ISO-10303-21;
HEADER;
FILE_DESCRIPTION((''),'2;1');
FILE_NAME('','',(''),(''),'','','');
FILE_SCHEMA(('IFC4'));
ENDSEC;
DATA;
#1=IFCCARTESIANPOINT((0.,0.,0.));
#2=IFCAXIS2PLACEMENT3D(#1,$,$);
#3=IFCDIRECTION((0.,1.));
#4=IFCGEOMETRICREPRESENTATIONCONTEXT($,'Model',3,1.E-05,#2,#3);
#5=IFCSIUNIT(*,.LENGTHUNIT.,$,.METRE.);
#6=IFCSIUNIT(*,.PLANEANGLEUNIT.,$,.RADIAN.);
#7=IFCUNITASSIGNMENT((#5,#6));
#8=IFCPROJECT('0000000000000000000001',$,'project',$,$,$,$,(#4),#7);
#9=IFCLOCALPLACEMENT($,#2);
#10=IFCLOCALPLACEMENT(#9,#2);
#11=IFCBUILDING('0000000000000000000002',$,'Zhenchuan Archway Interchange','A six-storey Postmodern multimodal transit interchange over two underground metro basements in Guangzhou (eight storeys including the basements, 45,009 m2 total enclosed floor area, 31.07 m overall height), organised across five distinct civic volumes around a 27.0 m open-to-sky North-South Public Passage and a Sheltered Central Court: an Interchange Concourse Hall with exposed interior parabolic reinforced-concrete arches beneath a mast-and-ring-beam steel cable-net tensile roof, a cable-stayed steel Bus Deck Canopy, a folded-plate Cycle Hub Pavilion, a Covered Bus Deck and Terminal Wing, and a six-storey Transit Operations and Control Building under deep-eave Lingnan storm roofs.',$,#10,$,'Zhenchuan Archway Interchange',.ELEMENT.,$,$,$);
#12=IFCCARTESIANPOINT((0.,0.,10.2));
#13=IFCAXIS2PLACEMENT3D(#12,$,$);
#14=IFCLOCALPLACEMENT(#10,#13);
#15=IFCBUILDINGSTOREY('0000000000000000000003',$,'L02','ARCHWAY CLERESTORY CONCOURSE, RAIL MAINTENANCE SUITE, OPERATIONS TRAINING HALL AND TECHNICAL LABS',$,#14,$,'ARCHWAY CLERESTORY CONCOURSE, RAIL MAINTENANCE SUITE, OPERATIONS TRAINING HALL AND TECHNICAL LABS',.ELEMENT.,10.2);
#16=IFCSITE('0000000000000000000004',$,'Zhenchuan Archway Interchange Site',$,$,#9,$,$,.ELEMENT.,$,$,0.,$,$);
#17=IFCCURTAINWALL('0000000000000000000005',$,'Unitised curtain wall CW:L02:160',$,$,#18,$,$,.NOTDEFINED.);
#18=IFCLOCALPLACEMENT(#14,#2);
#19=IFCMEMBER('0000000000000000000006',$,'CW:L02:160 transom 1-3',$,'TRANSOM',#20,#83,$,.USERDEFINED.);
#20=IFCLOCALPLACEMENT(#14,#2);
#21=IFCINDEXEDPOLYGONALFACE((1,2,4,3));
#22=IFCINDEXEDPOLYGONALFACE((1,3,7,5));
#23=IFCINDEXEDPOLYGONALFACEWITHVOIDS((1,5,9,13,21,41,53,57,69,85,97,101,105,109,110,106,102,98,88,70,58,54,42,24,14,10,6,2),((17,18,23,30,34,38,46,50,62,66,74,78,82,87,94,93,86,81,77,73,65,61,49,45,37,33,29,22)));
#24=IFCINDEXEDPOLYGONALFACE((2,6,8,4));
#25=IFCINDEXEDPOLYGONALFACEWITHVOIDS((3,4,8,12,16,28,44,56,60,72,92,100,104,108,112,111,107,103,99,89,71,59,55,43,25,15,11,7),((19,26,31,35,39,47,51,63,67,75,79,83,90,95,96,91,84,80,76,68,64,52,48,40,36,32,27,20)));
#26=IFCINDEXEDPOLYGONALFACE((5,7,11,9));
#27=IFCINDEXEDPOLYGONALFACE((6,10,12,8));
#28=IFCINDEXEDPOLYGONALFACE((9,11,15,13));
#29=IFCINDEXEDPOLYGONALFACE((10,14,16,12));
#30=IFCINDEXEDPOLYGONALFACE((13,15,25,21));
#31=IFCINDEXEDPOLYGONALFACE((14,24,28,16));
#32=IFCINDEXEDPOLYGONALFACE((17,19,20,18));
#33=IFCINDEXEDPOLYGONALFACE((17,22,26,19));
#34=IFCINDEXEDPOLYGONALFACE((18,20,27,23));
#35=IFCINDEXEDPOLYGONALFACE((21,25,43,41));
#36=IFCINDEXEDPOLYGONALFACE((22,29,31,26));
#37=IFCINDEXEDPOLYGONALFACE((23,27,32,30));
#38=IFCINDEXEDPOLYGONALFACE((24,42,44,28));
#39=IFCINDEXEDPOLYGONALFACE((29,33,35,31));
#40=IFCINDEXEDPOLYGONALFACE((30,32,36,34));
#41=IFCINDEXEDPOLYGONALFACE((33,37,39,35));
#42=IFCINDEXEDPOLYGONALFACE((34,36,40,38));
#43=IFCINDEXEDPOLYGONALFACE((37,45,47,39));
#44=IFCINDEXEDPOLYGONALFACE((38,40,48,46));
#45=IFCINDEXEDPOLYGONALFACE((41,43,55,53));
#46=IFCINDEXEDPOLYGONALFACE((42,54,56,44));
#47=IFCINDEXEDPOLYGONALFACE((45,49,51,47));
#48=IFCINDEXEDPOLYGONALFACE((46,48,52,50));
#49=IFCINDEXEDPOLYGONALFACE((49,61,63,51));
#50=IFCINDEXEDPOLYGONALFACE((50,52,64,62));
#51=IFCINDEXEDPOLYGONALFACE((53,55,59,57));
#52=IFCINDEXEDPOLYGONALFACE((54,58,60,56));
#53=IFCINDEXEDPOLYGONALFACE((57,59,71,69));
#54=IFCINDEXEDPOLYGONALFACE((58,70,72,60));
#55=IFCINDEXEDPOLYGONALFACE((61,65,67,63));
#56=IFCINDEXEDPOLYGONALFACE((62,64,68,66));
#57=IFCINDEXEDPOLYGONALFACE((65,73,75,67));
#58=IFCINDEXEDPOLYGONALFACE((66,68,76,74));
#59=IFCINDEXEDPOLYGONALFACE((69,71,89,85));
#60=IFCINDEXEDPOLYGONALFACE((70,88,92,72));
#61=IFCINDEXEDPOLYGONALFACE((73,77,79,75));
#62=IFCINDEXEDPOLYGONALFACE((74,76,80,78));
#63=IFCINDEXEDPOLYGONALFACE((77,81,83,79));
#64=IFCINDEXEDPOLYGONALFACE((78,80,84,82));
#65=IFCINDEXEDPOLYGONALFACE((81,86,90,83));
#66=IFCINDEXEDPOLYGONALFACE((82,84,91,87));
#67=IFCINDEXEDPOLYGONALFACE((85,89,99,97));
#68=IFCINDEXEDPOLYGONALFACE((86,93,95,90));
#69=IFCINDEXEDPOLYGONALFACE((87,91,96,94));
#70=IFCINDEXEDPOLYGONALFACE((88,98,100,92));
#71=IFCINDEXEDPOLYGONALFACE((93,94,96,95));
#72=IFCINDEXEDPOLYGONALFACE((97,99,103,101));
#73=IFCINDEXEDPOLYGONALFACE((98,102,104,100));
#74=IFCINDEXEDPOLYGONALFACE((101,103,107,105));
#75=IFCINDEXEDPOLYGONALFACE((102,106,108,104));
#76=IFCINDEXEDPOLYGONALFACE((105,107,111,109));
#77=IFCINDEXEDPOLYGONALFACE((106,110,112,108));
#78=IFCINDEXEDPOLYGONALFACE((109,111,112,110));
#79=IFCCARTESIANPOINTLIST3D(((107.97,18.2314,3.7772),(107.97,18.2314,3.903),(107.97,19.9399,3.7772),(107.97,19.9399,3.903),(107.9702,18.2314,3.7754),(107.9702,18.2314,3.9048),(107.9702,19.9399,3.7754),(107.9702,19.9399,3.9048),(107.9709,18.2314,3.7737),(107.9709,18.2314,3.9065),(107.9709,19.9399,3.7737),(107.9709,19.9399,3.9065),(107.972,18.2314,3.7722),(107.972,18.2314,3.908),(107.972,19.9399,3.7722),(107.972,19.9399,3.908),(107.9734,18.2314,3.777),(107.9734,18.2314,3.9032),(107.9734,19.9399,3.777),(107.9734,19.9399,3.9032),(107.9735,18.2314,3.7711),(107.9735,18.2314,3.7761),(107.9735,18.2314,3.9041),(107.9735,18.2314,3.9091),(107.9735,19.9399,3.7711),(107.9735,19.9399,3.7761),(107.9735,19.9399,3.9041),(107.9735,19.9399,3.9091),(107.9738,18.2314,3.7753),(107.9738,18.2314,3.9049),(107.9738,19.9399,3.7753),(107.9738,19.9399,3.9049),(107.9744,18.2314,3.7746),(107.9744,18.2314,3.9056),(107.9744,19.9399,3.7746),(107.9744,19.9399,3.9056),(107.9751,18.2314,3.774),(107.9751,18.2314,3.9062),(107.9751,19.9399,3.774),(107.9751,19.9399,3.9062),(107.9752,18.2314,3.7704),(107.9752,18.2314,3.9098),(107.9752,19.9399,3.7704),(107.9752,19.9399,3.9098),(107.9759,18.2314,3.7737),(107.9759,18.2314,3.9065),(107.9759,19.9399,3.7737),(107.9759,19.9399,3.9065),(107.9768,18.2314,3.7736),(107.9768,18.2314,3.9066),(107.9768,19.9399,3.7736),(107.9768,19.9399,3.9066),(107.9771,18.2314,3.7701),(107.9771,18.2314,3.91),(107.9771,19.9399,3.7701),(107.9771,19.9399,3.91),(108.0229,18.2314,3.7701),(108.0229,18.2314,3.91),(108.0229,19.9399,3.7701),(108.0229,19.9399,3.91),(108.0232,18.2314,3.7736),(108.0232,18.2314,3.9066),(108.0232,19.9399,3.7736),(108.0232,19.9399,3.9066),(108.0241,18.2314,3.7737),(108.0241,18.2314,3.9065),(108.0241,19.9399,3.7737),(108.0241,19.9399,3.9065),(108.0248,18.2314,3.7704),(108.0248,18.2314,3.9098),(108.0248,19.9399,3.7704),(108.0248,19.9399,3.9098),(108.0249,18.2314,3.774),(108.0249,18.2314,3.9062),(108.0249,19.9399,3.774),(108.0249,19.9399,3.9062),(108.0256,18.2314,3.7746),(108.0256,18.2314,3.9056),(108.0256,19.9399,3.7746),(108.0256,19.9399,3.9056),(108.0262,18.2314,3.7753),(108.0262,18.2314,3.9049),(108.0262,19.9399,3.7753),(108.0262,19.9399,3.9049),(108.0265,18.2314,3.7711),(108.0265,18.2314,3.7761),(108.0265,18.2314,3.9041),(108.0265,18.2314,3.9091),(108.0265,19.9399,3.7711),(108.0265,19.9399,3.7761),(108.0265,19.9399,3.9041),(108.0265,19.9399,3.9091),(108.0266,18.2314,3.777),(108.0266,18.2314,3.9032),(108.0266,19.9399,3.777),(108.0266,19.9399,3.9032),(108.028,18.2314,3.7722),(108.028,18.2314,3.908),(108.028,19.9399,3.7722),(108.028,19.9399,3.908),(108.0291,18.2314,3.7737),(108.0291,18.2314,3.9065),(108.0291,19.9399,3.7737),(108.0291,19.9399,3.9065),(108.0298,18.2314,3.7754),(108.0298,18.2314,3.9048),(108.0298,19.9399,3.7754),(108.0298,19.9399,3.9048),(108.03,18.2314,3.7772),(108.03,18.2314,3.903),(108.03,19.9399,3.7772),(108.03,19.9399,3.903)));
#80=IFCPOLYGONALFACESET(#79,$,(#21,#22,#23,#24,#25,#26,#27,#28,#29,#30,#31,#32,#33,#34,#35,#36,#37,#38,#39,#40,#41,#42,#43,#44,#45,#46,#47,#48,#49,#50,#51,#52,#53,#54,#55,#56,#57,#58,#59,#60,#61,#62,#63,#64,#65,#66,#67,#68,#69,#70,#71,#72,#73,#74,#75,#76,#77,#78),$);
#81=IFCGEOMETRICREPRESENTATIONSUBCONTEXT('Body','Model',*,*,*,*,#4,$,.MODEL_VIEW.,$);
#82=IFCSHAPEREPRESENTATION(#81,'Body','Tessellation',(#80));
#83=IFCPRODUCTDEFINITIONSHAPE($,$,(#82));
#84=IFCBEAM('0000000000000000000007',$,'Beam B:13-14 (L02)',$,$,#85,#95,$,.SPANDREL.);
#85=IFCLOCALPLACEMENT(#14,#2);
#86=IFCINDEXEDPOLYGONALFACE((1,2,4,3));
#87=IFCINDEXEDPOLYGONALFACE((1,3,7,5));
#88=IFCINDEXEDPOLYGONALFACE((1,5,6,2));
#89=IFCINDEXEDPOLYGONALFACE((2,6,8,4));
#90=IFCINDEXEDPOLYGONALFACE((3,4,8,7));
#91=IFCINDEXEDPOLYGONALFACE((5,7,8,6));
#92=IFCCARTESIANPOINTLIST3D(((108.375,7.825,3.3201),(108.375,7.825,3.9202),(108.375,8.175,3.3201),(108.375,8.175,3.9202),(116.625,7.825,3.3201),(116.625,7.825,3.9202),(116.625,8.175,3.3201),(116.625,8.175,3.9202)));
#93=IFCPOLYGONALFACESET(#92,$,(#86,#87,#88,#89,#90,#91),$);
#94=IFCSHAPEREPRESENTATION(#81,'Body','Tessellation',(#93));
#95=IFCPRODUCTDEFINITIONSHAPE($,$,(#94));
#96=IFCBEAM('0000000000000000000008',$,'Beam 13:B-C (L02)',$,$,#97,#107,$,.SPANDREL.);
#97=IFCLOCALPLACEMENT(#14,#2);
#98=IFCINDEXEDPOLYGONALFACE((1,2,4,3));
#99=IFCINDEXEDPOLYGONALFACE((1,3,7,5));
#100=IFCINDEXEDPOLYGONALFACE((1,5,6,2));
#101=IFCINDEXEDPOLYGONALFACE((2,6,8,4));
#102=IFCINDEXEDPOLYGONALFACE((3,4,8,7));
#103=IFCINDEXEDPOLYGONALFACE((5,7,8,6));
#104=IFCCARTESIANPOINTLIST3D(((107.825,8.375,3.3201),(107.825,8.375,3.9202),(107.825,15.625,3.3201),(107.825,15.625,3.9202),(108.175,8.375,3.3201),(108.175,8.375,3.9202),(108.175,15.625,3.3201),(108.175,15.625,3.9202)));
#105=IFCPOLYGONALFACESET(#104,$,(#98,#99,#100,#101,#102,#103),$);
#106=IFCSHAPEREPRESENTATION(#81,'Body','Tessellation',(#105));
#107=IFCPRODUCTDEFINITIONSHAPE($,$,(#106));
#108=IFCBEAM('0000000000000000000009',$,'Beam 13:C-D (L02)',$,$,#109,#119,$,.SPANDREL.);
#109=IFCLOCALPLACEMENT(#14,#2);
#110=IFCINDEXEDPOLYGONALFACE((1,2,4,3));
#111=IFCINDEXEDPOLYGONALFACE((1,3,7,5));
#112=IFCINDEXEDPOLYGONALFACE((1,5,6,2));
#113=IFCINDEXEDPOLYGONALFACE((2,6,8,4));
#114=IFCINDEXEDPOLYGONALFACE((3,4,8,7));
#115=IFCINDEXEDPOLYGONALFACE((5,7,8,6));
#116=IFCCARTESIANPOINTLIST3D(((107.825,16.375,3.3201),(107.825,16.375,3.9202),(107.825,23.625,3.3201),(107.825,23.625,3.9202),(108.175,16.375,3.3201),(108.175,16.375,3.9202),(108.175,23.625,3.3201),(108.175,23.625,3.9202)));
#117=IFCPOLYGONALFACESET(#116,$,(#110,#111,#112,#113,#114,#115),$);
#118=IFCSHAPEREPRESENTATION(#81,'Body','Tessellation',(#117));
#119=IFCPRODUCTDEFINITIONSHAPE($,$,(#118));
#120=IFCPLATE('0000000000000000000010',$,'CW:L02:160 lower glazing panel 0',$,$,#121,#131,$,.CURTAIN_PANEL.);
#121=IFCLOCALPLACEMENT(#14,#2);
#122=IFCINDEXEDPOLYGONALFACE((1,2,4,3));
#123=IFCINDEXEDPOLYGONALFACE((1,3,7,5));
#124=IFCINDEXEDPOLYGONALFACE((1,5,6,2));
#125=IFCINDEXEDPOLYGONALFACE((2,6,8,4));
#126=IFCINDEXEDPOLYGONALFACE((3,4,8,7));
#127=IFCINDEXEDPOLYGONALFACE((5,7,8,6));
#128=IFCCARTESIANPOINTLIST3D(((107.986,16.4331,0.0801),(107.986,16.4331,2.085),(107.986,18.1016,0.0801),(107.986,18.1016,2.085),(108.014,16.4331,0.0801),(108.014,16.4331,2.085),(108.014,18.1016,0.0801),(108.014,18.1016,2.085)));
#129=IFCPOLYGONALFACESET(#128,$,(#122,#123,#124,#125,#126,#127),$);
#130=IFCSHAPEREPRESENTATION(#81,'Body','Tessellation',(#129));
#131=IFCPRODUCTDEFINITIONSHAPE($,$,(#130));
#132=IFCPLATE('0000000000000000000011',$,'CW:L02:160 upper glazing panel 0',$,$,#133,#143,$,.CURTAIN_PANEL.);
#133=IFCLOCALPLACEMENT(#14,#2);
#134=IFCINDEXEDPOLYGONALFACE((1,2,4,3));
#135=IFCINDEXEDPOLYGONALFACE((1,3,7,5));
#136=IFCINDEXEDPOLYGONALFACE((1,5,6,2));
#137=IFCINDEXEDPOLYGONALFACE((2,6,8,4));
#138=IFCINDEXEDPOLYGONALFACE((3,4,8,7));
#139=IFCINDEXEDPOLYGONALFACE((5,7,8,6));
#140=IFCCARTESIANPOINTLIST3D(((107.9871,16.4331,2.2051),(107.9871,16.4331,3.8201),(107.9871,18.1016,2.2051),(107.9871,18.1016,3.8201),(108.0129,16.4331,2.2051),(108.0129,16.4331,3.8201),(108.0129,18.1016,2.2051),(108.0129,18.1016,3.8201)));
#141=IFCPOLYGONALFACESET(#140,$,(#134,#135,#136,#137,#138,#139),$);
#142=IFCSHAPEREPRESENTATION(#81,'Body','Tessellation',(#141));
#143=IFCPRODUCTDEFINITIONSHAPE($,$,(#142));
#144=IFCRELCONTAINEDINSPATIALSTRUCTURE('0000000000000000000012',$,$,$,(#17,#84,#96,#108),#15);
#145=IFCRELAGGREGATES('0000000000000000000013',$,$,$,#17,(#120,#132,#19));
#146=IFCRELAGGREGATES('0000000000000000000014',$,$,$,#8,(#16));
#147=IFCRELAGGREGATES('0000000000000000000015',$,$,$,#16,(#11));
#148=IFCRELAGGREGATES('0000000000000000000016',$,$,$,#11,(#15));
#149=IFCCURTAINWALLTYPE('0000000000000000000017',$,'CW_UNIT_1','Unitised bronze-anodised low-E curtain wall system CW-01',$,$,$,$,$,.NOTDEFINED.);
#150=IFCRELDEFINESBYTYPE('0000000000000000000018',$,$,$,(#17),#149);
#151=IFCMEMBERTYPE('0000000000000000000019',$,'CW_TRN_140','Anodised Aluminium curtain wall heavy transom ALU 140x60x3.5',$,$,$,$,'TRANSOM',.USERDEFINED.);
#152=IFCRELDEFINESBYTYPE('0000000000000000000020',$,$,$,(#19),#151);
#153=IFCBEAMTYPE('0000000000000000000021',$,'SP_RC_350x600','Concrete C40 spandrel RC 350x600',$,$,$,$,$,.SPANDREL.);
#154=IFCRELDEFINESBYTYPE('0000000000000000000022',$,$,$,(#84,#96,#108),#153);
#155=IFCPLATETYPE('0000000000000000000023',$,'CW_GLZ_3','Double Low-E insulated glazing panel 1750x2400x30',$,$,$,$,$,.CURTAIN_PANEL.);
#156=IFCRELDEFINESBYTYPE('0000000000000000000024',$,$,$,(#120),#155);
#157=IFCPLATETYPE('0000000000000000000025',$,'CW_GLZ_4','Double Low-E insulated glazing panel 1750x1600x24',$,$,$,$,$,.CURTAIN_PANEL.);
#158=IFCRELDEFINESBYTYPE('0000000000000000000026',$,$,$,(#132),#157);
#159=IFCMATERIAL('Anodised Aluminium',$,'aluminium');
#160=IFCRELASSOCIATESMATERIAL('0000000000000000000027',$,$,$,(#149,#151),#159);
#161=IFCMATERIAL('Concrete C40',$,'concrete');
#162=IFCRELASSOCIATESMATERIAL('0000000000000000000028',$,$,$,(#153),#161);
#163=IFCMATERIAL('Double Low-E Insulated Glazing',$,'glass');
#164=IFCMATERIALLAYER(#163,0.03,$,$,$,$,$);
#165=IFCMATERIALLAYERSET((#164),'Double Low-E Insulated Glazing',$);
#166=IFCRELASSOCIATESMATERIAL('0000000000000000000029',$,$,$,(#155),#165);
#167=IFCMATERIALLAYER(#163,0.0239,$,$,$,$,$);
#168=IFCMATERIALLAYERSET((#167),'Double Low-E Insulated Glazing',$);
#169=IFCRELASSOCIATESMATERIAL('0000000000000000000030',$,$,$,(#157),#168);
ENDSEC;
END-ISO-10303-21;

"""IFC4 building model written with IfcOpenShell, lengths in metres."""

from ifc_helpers import new_model, si_unit, direction, frame, origin, origin_2d, place, context, subcontext, project, spatial, rectangle, hollow_rectangle, extrude, material, layer, layer_set, material_profile, profile_set, type_object, element, aggregate, save


model = new_model("IFC4")

# Units and contexts
model_context = context("Model", 3, precision=1e-05, world=origin(), true_north=direction((0.0, 1.0)))
body_context = subcontext(model_context, "Body", "Model", "MODEL_VIEW")
ifc_project = project(units=[si_unit("LENGTHUNIT", "METRE"), si_unit("PLANEANGLEUNIT", "RADIAN")], contexts=[model_context])

# Site, building, storey
site_placement = place(None, origin())
site = spatial("IfcSite", under=ifc_project, at=site_placement, Name="Zhenchuan Archway Interchange Site", CompositionType="ELEMENT", RefElevation=0.0)
building_placement = place(site_placement, origin())
building = spatial("IfcBuilding", under=site, at=building_placement, Name="Zhenchuan Archway Interchange", Description="A six-storey Postmodern multimodal transit interchange over two underground metro basements in Guangzhou (eight storeys including the basements, 45,009 m2 total enclosed floor area, 31.07 m overall height), organised across five distinct civic volumes around a 27.0 m open-to-sky North-South Public Passage and a Sheltered Central Court: an Interchange Concourse Hall with exposed interior parabolic reinforced-concrete arches beneath a mast-and-ring-beam steel cable-net tensile roof, a cable-stayed steel Bus Deck Canopy, a folded-plate Cycle Hub Pavilion, a Covered Bus Deck and Terminal Wing, and a six-storey Transit Operations and Control Building under deep-eave Lingnan storm roofs.", LongName="Zhenchuan Archway Interchange", CompositionType="ELEMENT")
storey_placement = place(building_placement, frame((0.0, 0.0, 10.2)))
storey = spatial("IfcBuildingStorey", under=building, at=storey_placement, Name="L02", Description="ARCHWAY CLERESTORY CONCOURSE, RAIL MAINTENANCE SUITE, OPERATIONS TRAINING HALL AND TECHNICAL LABS", LongName="ARCHWAY CLERESTORY CONCOURSE, RAIL MAINTENANCE SUITE, OPERATIONS TRAINING HALL AND TECHNICAL LABS", CompositionType="ELEMENT", Elevation=10.2)

# Shared definitions
ifc_material_1 = material(Name="Concrete C40", Category="concrete")

# Shared definitions
ifc_material_2 = material(Name="Anodised Aluminium", Category="aluminium")

# Curtain wall, member
curtain_wall_type_1 = type_object("IfcCurtainWallType", Name="CW_UNIT_1", Description="Unitised bronze-anodised low-E curtain wall system CW-01", PredefinedType="NOTDEFINED", material=ifc_material_2)
curtain_wall_1_placement = place(storey_placement, origin())
curtain_wall_1 = element("IfcCurtainWall", 1, at=curtain_wall_1_placement, inside=storey, type_object=curtain_wall_type_1, Name="Unitised curtain wall CW:L02:160", PredefinedType="NOTDEFINED")
ifc_material_profile_1 = material_profile(ifc_material_2, hollow_rectangle(XDim=0.0601, YDim=0.1399, WallThickness=0.0034, InnerFilletRadius=0.0034, OuterFilletRadius=0.0071, at=origin_2d()), Name="ALU 140x60x3.5")
ifc_profile_set_1 = profile_set([ifc_material_profile_1], Name="Anodised Aluminium")
member_type_1 = type_object("IfcMemberType", Name="CW_TRN_140", Description="Anodised Aluminium curtain wall heavy transom ALU 140x60x3.5", ElementType="TRANSOM", PredefinedType="USERDEFINED", material=ifc_profile_set_1)
member_1_placement = place(storey_placement, frame((108.0, 18.2314, 3.8401), z_axis=(0.0, 1.0, 0.0), x_axis=(-1.0, 0.0, 0.0)))
member_1 = element("IfcMember", 2, at=member_1_placement, type_object=member_type_1, Name="CW:L02:160 transom 1-3", ObjectType="TRANSOM", PredefinedType="USERDEFINED", context=body_context, shape_type="SweptSolid", body=[
    extrude(hollow_rectangle(XDim=0.0601, YDim=0.1399, WallThickness=0.0034, InnerFilletRadius=0.0034, OuterFilletRadius=0.0071, at=origin_2d()), origin(), (0.0, 0.0, 1.0), 1.7085),
])

# Beams
ifc_material_profile_2 = material_profile(ifc_material_1, rectangle(XDim=0.3501, YDim=0.6001, at=origin_2d()), Name="RC 350x600")
ifc_profile_set_2 = profile_set([ifc_material_profile_2], Name="Concrete C40")
beam_type_1 = type_object("IfcBeamType", Name="SP_RC_350x600", Description="Concrete C40 spandrel RC 350x600", PredefinedType="SPANDREL", material=ifc_profile_set_2)
beam_1_placement = place(storey_placement, frame((108.375, 8.0, 3.6201), z_axis=(1.0, 0.0, 0.0), x_axis=(0.0, 1.0, 0.0)))
element("IfcBeam", 3, at=beam_1_placement, inside=storey, type_object=beam_type_1, Name="Beam B:13-14 (L02)", PredefinedType="SPANDREL", context=body_context, shape_type="SweptSolid", body=[
    extrude(rectangle(XDim=0.3501, YDim=0.6001, at=origin_2d()), origin(), (0.0, 0.0, 1.0), 8.25),
])
for number, where, z_axis, x_axis, name in (
    (4, (108.0, 8.375, 3.6201), (0.0, 1.0, 0.0), (-1.0, 0.0, 0.0), "Beam 13:B-C (L02)"),
    (5, (108.0, 16.375, 3.6201), (0.0, 1.0, 0.0), (-1.0, 0.0, 0.0), "Beam 13:C-D (L02)"),
):
    element("IfcBeam", number, at=place(storey_placement, frame(where, z_axis=z_axis, x_axis=x_axis)), inside=storey, type_object=beam_type_1, Name=name, PredefinedType="SPANDREL", context=body_context, shape_type="SweptSolid", body=[
        extrude(rectangle(XDim=0.3501, YDim=0.6001, at=origin_2d()), origin(), (0.0, 0.0, 1.0), 7.25),
    ])

# Plates
ifc_material_3 = material(Name="Double Low-E Insulated Glazing", Category="glass")
ifc_layer_1 = layer(ifc_material_3, 0.03)
ifc_layer_set_1 = layer_set([ifc_layer_1], Name="Double Low-E Insulated Glazing")
plate_type_1 = type_object("IfcPlateType", Name="CW_GLZ_3", Description="Double Low-E insulated glazing panel 1750x2400x30", PredefinedType="CURTAIN_PANEL", material=ifc_layer_set_1)
plate_1_placement = place(storey_placement, frame((108.0, 17.2673, 0.0801), z_axis=(0.0, 0.0, 1.0), x_axis=(0.0, 1.0, 0.0)))
plate_1 = element("IfcPlate", 6, at=plate_1_placement, type_object=plate_type_1, Name="CW:L02:160 lower glazing panel 0", PredefinedType="CURTAIN_PANEL", context=body_context, shape_type="SweptSolid", body=[
    extrude(rectangle(XDim=1.6685, YDim=0.0281, at=origin_2d()), origin(), (0.0, 0.0, 1.0), 2.0049),
])
ifc_layer_2 = layer(ifc_material_3, 0.0239)
ifc_layer_set_2 = layer_set([ifc_layer_2], Name="Double Low-E Insulated Glazing")
plate_type_2 = type_object("IfcPlateType", Name="CW_GLZ_4", Description="Double Low-E insulated glazing panel 1750x1600x24", PredefinedType="CURTAIN_PANEL", material=ifc_layer_set_2)
plate_2_placement = place(storey_placement, frame((108.0, 17.2673, 2.2051), z_axis=(0.0, 0.0, 1.0), x_axis=(0.0, 1.0, 0.0)))
plate_2 = element("IfcPlate", 7, at=plate_2_placement, type_object=plate_type_2, Name="CW:L02:160 upper glazing panel 0", PredefinedType="CURTAIN_PANEL", context=body_context, shape_type="SweptSolid", body=[
    extrude(rectangle(XDim=1.6685, YDim=0.0259, at=origin_2d()), origin(), (0.0, 0.0, 1.0), 1.615),
])
aggregate(curtain_wall_1, [plate_1, plate_2, member_1])

save(model, "model.ifc")
